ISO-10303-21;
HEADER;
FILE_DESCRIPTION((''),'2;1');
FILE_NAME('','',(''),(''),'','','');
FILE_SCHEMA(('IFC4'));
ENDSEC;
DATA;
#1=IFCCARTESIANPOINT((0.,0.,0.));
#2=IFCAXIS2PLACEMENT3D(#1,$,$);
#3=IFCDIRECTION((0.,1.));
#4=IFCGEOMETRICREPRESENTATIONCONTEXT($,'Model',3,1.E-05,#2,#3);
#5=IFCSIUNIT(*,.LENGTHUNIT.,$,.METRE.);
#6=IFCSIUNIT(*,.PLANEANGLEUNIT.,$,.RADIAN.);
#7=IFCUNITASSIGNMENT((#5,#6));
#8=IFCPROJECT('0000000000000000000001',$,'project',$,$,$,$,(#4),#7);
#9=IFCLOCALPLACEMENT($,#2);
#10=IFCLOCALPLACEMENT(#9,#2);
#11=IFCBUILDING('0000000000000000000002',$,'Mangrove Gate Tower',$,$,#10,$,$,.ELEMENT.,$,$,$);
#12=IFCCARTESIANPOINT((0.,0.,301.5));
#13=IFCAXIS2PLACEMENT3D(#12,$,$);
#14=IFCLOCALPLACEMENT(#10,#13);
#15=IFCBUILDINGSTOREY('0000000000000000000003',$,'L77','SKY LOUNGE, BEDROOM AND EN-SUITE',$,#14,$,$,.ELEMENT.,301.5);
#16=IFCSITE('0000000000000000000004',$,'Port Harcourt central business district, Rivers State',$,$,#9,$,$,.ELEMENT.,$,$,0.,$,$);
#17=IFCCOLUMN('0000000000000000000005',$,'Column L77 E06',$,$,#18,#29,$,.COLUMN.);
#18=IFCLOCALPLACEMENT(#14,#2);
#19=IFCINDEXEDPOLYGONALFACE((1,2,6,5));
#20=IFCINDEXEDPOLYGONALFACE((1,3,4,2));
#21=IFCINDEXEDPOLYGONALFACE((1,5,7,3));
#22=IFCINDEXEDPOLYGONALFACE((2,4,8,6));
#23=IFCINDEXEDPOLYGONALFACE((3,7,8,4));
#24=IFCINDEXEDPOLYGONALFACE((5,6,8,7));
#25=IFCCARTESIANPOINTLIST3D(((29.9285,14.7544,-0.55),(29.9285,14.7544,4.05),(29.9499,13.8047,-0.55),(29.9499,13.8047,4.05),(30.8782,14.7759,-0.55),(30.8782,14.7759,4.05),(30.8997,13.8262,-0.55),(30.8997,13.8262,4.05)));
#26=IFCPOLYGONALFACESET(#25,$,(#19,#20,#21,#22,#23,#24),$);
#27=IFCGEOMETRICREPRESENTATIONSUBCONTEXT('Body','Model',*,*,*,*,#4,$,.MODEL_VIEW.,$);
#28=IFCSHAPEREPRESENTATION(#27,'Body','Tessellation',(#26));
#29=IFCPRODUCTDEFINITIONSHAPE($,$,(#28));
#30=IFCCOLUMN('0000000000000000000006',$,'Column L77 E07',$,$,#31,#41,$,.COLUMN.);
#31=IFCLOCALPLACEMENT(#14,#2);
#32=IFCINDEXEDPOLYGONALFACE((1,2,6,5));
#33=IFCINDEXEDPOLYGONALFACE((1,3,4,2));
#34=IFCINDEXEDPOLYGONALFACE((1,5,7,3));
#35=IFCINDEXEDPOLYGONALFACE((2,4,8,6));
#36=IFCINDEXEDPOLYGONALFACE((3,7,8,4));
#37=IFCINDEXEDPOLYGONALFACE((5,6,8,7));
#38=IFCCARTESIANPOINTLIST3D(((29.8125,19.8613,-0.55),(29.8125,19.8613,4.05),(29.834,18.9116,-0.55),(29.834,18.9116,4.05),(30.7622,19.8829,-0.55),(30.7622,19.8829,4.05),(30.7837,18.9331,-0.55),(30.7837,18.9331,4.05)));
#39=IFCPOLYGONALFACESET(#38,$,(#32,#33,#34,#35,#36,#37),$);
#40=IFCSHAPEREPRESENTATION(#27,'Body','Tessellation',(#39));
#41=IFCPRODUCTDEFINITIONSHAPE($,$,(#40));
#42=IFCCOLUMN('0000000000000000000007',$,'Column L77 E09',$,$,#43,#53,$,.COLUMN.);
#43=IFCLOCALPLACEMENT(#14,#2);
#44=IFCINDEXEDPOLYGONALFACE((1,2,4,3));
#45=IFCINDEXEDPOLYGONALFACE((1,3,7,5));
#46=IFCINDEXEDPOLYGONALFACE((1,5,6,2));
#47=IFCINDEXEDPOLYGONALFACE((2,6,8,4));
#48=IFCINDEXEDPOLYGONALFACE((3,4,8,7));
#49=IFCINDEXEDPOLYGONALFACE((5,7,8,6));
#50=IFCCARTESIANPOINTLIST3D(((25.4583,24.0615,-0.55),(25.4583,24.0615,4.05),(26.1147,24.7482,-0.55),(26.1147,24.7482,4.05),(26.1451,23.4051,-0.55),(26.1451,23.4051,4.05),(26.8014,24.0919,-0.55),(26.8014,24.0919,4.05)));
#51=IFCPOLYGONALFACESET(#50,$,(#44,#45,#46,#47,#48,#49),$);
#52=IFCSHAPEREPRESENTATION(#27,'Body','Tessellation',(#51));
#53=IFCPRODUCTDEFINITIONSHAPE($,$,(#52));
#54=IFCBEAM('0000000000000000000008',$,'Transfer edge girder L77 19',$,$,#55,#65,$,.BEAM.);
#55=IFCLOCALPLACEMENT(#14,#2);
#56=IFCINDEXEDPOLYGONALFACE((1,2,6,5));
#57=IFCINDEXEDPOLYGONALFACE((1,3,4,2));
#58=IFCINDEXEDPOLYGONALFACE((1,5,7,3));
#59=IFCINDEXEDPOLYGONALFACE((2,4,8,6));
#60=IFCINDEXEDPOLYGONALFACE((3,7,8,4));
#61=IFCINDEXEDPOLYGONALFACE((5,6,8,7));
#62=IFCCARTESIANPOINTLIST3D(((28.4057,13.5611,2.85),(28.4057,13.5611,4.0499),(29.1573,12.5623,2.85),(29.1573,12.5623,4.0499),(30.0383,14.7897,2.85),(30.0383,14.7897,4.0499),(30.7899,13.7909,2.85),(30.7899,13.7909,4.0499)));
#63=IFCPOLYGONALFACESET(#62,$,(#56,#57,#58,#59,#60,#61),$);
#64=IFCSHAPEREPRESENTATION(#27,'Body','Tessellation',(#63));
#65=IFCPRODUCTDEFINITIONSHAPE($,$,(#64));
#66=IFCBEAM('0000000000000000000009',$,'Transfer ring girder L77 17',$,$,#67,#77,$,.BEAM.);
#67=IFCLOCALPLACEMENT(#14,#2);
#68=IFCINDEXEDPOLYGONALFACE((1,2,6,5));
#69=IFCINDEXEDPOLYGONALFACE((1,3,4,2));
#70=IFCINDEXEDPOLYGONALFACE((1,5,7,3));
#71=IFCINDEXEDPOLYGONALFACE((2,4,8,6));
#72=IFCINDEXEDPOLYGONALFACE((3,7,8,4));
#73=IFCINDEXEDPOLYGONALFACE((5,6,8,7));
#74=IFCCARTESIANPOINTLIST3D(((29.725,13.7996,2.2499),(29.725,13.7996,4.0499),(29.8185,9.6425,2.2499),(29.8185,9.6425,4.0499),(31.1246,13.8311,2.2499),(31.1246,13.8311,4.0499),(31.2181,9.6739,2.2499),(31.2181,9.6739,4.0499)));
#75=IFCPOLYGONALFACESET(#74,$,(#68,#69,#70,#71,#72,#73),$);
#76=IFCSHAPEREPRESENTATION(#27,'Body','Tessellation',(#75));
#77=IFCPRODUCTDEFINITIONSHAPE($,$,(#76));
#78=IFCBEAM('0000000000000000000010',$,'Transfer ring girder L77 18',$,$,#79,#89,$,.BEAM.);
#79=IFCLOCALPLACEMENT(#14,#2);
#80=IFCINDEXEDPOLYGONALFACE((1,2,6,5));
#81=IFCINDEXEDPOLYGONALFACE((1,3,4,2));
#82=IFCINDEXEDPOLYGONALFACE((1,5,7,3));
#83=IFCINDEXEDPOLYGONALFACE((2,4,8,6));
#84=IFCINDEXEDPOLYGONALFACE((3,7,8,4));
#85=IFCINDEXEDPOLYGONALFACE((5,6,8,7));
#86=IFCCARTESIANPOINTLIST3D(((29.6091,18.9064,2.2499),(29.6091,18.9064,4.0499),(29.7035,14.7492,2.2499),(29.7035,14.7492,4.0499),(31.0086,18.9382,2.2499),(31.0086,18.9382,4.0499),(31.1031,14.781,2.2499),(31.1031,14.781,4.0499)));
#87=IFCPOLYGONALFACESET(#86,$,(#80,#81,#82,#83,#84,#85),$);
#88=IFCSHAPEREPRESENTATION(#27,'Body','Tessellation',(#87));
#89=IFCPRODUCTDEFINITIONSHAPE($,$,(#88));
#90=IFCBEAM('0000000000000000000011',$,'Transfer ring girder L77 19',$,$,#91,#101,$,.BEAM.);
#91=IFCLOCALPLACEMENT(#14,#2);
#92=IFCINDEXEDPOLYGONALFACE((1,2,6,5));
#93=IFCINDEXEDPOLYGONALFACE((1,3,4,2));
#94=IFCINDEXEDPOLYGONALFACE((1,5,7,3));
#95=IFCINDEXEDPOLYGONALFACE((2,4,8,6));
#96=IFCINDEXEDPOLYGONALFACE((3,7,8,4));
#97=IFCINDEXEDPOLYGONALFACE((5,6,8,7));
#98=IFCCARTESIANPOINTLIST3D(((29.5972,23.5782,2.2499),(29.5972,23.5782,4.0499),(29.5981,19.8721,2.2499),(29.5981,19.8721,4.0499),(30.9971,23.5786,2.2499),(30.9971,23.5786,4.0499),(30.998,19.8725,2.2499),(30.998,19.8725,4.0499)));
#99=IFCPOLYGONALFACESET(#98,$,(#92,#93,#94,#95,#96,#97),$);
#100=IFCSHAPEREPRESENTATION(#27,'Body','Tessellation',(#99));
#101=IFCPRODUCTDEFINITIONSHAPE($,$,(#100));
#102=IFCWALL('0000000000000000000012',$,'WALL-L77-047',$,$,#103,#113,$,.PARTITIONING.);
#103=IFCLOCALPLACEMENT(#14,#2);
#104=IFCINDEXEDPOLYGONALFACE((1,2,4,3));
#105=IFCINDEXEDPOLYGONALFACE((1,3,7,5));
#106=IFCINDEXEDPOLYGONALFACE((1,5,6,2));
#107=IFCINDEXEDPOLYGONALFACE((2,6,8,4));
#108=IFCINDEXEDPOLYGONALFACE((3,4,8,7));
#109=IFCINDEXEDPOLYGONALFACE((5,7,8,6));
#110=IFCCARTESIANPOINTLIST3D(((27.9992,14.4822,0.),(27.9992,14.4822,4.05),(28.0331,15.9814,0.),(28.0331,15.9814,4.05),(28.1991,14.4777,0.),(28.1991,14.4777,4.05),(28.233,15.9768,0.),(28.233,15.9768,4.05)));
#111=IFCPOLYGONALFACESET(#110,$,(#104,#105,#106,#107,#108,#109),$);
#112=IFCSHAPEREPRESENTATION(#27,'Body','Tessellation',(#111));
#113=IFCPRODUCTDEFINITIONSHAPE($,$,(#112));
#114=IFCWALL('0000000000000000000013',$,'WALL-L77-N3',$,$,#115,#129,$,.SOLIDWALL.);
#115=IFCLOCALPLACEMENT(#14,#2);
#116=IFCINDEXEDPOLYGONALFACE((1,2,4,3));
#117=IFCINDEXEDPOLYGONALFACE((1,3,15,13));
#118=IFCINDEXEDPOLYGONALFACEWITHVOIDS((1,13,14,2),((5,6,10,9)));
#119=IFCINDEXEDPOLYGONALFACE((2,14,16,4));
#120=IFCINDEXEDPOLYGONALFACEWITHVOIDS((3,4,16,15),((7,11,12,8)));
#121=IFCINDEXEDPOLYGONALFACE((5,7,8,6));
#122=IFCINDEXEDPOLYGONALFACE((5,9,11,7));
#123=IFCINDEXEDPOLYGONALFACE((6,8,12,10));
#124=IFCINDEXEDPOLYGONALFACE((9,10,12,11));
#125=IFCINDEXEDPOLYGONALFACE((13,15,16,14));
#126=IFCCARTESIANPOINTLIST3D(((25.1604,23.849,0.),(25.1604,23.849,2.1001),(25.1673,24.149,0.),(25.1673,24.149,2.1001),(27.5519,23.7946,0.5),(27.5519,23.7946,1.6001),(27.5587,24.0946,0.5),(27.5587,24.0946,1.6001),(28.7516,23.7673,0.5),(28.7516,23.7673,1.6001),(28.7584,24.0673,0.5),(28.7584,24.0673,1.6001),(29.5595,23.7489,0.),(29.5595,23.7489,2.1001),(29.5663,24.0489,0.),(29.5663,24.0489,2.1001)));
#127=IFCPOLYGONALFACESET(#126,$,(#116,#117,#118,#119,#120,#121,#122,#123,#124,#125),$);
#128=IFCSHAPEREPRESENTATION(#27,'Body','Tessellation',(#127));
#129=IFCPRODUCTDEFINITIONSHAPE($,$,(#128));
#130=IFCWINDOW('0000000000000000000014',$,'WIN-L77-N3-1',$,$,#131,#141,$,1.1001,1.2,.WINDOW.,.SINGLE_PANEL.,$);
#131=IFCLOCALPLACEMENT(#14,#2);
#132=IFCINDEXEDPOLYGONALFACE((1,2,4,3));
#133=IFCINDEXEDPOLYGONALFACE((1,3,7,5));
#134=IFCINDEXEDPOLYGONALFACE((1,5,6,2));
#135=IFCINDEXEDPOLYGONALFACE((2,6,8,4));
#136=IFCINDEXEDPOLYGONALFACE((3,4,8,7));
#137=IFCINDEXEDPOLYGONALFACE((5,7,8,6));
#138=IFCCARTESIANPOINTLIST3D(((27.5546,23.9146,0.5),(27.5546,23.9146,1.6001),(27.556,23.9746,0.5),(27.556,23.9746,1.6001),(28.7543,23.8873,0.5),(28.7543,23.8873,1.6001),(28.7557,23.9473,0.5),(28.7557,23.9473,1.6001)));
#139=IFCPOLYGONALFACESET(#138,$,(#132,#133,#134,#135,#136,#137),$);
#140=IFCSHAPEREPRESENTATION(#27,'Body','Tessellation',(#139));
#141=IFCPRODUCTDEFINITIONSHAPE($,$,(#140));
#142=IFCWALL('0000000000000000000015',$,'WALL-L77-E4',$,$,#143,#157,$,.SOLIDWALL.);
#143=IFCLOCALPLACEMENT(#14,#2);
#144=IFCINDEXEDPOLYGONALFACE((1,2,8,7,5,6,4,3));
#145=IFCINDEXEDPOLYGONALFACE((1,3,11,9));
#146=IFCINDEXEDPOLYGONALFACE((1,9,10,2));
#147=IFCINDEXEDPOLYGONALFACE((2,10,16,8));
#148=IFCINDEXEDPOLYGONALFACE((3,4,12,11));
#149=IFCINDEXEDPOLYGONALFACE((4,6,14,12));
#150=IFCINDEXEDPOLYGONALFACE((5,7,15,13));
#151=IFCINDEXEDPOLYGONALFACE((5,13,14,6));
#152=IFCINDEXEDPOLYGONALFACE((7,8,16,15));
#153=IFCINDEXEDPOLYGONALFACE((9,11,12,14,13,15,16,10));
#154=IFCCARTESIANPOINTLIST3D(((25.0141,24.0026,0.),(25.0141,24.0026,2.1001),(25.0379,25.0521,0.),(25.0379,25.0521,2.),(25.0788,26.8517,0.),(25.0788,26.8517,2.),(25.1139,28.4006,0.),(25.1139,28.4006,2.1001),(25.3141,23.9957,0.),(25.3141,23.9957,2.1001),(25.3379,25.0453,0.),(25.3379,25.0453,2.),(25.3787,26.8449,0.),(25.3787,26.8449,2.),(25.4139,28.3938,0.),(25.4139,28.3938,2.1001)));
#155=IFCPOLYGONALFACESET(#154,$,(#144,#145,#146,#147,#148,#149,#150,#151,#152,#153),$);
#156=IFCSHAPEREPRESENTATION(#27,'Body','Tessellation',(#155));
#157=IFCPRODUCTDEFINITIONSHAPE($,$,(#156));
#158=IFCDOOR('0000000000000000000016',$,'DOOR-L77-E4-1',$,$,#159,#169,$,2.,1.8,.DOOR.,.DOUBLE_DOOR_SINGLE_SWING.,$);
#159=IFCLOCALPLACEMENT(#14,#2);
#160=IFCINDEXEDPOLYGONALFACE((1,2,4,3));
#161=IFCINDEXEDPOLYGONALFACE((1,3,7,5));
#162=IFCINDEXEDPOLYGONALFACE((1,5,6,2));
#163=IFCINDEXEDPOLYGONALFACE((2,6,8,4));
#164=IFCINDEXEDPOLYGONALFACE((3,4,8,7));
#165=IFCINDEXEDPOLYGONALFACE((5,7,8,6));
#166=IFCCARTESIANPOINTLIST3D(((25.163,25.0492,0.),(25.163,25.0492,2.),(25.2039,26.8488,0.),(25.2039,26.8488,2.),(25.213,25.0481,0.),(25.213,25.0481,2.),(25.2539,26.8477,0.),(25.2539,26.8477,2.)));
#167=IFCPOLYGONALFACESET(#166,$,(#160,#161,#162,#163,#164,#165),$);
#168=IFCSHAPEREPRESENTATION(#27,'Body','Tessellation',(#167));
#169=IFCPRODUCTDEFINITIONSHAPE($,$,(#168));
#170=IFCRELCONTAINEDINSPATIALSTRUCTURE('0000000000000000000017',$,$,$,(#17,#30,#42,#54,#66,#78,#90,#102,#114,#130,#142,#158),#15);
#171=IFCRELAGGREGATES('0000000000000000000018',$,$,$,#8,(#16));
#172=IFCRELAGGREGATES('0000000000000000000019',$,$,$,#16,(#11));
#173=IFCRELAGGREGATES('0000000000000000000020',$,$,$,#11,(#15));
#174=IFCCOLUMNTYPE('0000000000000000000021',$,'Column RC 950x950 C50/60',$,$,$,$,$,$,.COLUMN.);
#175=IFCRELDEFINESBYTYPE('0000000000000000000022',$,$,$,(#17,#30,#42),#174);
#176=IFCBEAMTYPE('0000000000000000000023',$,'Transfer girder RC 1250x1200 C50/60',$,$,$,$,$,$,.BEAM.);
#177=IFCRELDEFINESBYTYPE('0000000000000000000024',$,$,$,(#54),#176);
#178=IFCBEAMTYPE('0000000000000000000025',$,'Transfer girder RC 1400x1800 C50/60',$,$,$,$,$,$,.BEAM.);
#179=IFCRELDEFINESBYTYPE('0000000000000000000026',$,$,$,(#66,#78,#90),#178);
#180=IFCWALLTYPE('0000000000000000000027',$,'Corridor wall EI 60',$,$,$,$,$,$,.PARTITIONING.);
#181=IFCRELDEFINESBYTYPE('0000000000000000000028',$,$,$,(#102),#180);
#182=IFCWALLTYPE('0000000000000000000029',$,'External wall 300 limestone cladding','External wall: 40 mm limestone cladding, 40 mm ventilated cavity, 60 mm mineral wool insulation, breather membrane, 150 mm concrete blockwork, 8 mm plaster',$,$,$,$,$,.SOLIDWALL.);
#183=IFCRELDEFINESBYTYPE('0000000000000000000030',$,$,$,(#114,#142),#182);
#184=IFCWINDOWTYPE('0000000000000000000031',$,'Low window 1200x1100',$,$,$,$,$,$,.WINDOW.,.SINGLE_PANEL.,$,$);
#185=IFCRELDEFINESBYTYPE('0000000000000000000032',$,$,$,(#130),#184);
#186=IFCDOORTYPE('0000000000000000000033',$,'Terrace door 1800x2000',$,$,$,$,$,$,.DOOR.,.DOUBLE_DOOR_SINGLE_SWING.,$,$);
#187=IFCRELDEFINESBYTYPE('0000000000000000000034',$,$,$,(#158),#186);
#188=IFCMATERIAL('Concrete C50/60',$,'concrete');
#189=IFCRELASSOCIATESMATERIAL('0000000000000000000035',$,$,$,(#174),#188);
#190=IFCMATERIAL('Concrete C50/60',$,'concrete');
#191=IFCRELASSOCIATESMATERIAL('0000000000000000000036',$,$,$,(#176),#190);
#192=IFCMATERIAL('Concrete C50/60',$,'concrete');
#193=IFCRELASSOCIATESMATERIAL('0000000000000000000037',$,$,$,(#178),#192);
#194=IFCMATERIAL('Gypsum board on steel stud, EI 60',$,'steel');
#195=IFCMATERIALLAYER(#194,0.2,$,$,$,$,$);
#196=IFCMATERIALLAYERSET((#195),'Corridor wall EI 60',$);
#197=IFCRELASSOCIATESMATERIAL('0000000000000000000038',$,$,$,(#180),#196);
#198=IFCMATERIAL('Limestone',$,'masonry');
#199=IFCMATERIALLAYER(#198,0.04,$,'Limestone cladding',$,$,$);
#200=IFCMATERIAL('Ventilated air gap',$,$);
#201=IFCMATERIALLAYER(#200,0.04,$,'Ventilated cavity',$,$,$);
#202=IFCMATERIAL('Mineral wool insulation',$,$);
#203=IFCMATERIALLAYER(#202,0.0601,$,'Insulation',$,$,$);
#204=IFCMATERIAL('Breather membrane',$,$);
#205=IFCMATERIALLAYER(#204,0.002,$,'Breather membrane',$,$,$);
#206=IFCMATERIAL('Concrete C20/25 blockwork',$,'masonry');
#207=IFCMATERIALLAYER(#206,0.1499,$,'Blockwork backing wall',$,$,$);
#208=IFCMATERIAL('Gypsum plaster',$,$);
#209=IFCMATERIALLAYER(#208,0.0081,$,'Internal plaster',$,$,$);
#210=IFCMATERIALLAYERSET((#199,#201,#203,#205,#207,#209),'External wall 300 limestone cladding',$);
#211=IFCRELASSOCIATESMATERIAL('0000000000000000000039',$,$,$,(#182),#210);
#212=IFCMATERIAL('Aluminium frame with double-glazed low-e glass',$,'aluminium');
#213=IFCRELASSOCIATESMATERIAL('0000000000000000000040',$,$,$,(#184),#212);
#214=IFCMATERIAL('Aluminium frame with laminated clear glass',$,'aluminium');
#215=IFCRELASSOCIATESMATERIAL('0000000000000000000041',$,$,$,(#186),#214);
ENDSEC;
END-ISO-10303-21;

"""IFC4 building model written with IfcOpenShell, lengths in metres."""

from ifc_helpers import new_model, si_unit, direction, frame, frame_2d, origin, origin_2d, place, context, subcontext, project, spatial, rectangle, extrude, material, layer, layer_set, material_profile, profile_set, type_object, element, fill, save


model = new_model("IFC4")

# Units and contexts
model_context = context("Model", 3, precision=1e-05, world=origin(), true_north=direction((0.0, 1.0)))
body_context = subcontext(model_context, "Body", "Model", "MODEL_VIEW")
ifc_project = project(units=[si_unit("LENGTHUNIT", "METRE"), si_unit("PLANEANGLEUNIT", "RADIAN")], contexts=[model_context])

# Site, building, storey
site_placement = place(None, origin())
site = spatial("IfcSite", under=ifc_project, at=site_placement, Name="Port Harcourt central business district, Rivers State", CompositionType="ELEMENT", RefElevation=0.0)
building_placement = place(site_placement, origin())
building = spatial("IfcBuilding", under=site, at=building_placement, Name="Mangrove Gate Tower", CompositionType="ELEMENT")
storey_placement = place(building_placement, frame((0.0, 0.0, 301.5)))
storey = spatial("IfcBuildingStorey", under=building, at=storey_placement, Name="L77", Description="SKY LOUNGE, BEDROOM AND EN-SUITE", CompositionType="ELEMENT", Elevation=301.5)

# Columns
ifc_material_1 = material(Name="Concrete C50/60", Category="concrete")
ifc_material_profile_1 = material_profile(ifc_material_1, rectangle(XDim=0.95, YDim=0.95, at=origin_2d()))
ifc_profile_set_1 = profile_set([ifc_material_profile_1], Name="Concrete C50/60")
column_type = type_object("IfcColumnType", Name="Column RC 950x950 C50/60", PredefinedType="COLUMN", material=ifc_profile_set_1)
for number, where, z_axis, x_axis, name in (
    (1, (30.4141, 14.2903, -0.55), (0.0, 0.0, 1.0), (-0.02261, 0.999744, 0.0), "Column L77 E06"),
    (2, (30.2981, 19.3972, -0.55), (0.0, 0.0, 1.0), (-0.022708, 0.999742, 0.0), "Column L77 E07"),
    (3, (26.1299, 24.0767, -0.55), (0.0, 0.0, 1.0), (-0.72292, 0.690932, 0.0), "Column L77 E09"),
):
    element("IfcColumn", number, at=place(storey_placement, frame(where, z_axis=z_axis, x_axis=x_axis)), inside=storey, type_object=column_type, Name=name, PredefinedType="COLUMN", context=body_context, shape_type="SweptSolid", body=[
        extrude(rectangle(XDim=0.95, YDim=0.95, at=origin_2d()), origin(), (0.0, 0.0, 1.0), 4.6001),
    ])

# Beams
ifc_material_2 = material(Name="Concrete C50/60", Category="concrete")
ifc_material_profile_2 = material_profile(ifc_material_2, rectangle(XDim=1.25, YDim=1.2, at=origin_2d()))
ifc_profile_set_2 = profile_set([ifc_material_profile_2], Name="Concrete C50/60")
beam_type_1 = type_object("IfcBeamType", Name="Transfer girder RC 1250x1200 C50/60", PredefinedType="BEAM", material=ifc_profile_set_2)
beam_1_placement = place(storey_placement, frame((30.4141, 14.2903, 3.45), z_axis=(-0.799038, -0.60128, 0.0), x_axis=(0.60128, -0.799038, 0.0)))
element("IfcBeam", 4, at=beam_1_placement, inside=storey, type_object=beam_type_1, Name="Transfer edge girder L77 19", PredefinedType="BEAM", context=body_context, shape_type="SweptSolid", body=[
    extrude(rectangle(XDim=1.25, YDim=1.2, at=origin_2d()), origin(), (0.0, 0.0, 1.0), 2.0432),
])
ifc_material_3 = material(Name="Concrete C50/60", Category="concrete")
ifc_material_profile_3 = material_profile(ifc_material_3, rectangle(XDim=1.3999, YDim=1.8, at=origin_2d()))
ifc_profile_set_3 = profile_set([ifc_material_profile_3], Name="Concrete C50/60")
beam_type_2 = type_object("IfcBeamType", Name="Transfer girder RC 1400x1800 C50/60", PredefinedType="BEAM", material=ifc_profile_set_3)
for number, where, z_axis, x_axis, name in (
    (5, (30.5183, 9.6582, 3.1499), (-0.022487, 0.999747, 0.0), (-0.999747, -0.022487, 0.0), "Transfer ring girder L77 17"),
    (6, (30.4033, 14.7651, 3.1499), (-0.022721, 0.999742, 0.0), (-0.999742, -0.022721, 0.0), "Transfer ring girder L77 18"),
):
    element("IfcBeam", number, at=place(storey_placement, frame(where, z_axis=z_axis, x_axis=x_axis)), inside=storey, type_object=beam_type_2, Name=name, PredefinedType="BEAM", context=body_context, shape_type="SweptSolid", body=[
        extrude(rectangle(XDim=1.3999, YDim=1.8, at=origin_2d()), origin(), (0.0, 0.0, 1.0), 4.1582),
    ])
beam_2_placement = place(storey_placement, frame((30.2981, 19.8723, 3.1499), z_axis=(-0.000264, 1.0, 0.0), x_axis=(-1.0, -0.000264, 0.0)))
element("IfcBeam", 7, at=beam_2_placement, inside=storey, type_object=beam_type_2, Name="Transfer ring girder L77 19", PredefinedType="BEAM", context=body_context, shape_type="SweptSolid", body=[
    extrude(rectangle(XDim=1.3999, YDim=1.8, at=origin_2d()), origin(), (0.0, 0.0, 1.0), 3.7061),
])

# Wall
ifc_material_4 = material(Name="Gypsum board on steel stud, EI 60", Category="steel")
ifc_layer_1 = layer(ifc_material_4, 0.2)
ifc_layer_set_1 = layer_set([ifc_layer_1], Name="Corridor wall EI 60")
wall_type_1 = type_object("IfcWallType", Name="Corridor wall EI 60", PredefinedType="PARTITIONING", material=ifc_layer_set_1)
wall_1_placement = place(storey_placement, frame((28.0991, 14.48, 0.0), z_axis=(0.0, 0.0, 1.0), x_axis=(0.022633, 0.999744, 0.0)))
element("IfcWall", 8, at=wall_1_placement, inside=storey, type_object=wall_type_1, Name="WALL-L77-047", PredefinedType="PARTITIONING", context=body_context, shape_type="SweptSolid", body=[
    extrude(rectangle(XDim=1.4995, YDim=0.2, at=frame_2d((0.7498, 0.0))), origin(), (0.0, 0.0, 1.0), 4.05),
])

# Wall, opening, window
ifc_material_5 = material(Name="Limestone", Category="masonry")
ifc_layer_2 = layer(ifc_material_5, 0.04, Name="Limestone cladding")
ifc_material_6 = material(Name="Ventilated air gap")
ifc_layer_3 = layer(ifc_material_6, 0.04, Name="Ventilated cavity")
ifc_material_7 = material(Name="Mineral wool insulation")
ifc_layer_4 = layer(ifc_material_7, 0.0601, Name="Insulation")
ifc_material_8 = material(Name="Breather membrane")
ifc_layer_5 = layer(ifc_material_8, 0.002, Name="Breather membrane")
ifc_material_9 = material(Name="Concrete C20/25 blockwork", Category="masonry")
ifc_layer_6 = layer(ifc_material_9, 0.1499, Name="Blockwork backing wall")
ifc_material_10 = material(Name="Gypsum plaster")
ifc_layer_7 = layer(ifc_material_10, 0.0081, Name="Internal plaster")
ifc_layer_set_2 = layer_set([ifc_layer_2, ifc_layer_3, ifc_layer_4, ifc_layer_5, ifc_layer_6, ifc_layer_7], Name="External wall 300 limestone cladding")
wall_type_2 = type_object("IfcWallType", Name="External wall 300 limestone cladding", Description="External wall: 40 mm limestone cladding, 40 mm ventilated cavity, 60 mm mineral wool insulation, breather membrane, 150 mm concrete blockwork, 8 mm plaster", PredefinedType="SOLIDWALL", material=ifc_layer_set_2)
wall_2_placement = place(storey_placement, frame((29.563, 23.8989, 0.0), z_axis=(0.0, 0.0, 1.0), x_axis=(-0.999741, 0.022749, 0.0)))
wall_2 = element("IfcWall", 9, at=wall_2_placement, inside=storey, type_object=wall_type_2, Name="WALL-L77-N3", PredefinedType="SOLIDWALL", context=body_context, shape_type="SweptSolid", body=[
    extrude(rectangle(XDim=4.4001, YDim=0.3, at=frame_2d((2.2002, 0.0))), origin(), (0.0, 0.0, 1.0), 2.1001),
])
opening_1_placement = place(wall_2_placement, frame((0.8081, 0.0, 0.5)))
opening_1 = element("IfcOpeningElement", 10, at=opening_1_placement, cuts=wall_2, PredefinedType="OPENING", context=body_context, shape_type="SweptSolid", body=[
    extrude(rectangle(XDim=1.2, YDim=1.1001, at=frame_2d((0.6001, 0.55))), frame((0.0, 0.1599, 0.0), z_axis=(0.0, -1.0, 0.0), x_axis=(1.0, 0.0, 0.0)), (0.0, 0.0, 1.0), 0.3201),
])
ifc_material_11 = material(Name="Aluminium frame with double-glazed low-e glass", Category="aluminium")
window_type = type_object("IfcWindowType", Name="Low window 1200x1100", PartitioningType="SINGLE_PANEL", PredefinedType="WINDOW", material=ifc_material_11)
window_placement = place(opening_1_placement, origin())
window = element("IfcWindow", 11, at=window_placement, inside=storey, type_object=window_type, Name="WIN-L77-N3-1", OverallHeight=1.1001, OverallWidth=1.2, PartitioningType="SINGLE_PANEL", PredefinedType="WINDOW", context=body_context, shape_type="SweptSolid", body=[
    extrude(rectangle(XDim=1.2, YDim=1.1001, at=frame_2d((0.6001, 0.55))), frame((0.0, 0.03, 0.0), z_axis=(0.0, -1.0, 0.0), x_axis=(1.0, 0.0, 0.0)), (0.0, 0.0, 1.0), 0.0601),
])
fill(opening_1, window)

# Wall, opening, door
wall_3_placement = place(storey_placement, frame((25.1641, 23.999, 0.0), z_axis=(0.0, 0.0, 1.0), x_axis=(0.022699, 0.999742, 0.0)))
wall_3 = element("IfcWall", 12, at=wall_3_placement, inside=storey, type_object=wall_type_2, Name="WALL-L77-E4", PredefinedType="SOLIDWALL", context=body_context, shape_type="SweptSolid", body=[
    extrude(rectangle(XDim=4.3992, YDim=0.3, at=frame_2d((2.1997, 0.0))), origin(), (0.0, 0.0, 1.0), 2.1001),
])
opening_2_placement = place(wall_3_placement, frame((1.05, 0.0, 0.0)))
opening_2 = element("IfcOpeningElement", 13, at=opening_2_placement, cuts=wall_3, PredefinedType="OPENING", context=body_context, shape_type="SweptSolid", body=[
    extrude(rectangle(XDim=1.8, YDim=2.0, at=frame_2d((0.8999, 1.0))), frame((0.0, 0.1599, 0.0), z_axis=(0.0, -1.0, 0.0), x_axis=(1.0, 0.0, 0.0)), (0.0, 0.0, 1.0), 0.3201),
])
ifc_material_12 = material(Name="Aluminium frame with laminated clear glass", Category="aluminium")
door_type = type_object("IfcDoorType", Name="Terrace door 1800x2000", OperationType="DOUBLE_DOOR_SINGLE_SWING", PredefinedType="DOOR", material=ifc_material_12)
door_placement = place(opening_2_placement, origin())
door = element("IfcDoor", 14, at=door_placement, inside=storey, type_object=door_type, Name="DOOR-L77-E4-1", OperationType="DOUBLE_DOOR_SINGLE_SWING", OverallHeight=2.0, OverallWidth=1.8, PredefinedType="DOOR", context=body_context, shape_type="SweptSolid", body=[
    extrude(rectangle(XDim=1.8, YDim=2.0, at=frame_2d((0.8999, 1.0))), frame((0.0, 0.0249, 0.0), z_axis=(0.0, -1.0, 0.0), x_axis=(1.0, 0.0, 0.0)), (0.0, 0.0, 1.0), 0.05),
])
fill(opening_2, door)

save(model, "model.ifc")
